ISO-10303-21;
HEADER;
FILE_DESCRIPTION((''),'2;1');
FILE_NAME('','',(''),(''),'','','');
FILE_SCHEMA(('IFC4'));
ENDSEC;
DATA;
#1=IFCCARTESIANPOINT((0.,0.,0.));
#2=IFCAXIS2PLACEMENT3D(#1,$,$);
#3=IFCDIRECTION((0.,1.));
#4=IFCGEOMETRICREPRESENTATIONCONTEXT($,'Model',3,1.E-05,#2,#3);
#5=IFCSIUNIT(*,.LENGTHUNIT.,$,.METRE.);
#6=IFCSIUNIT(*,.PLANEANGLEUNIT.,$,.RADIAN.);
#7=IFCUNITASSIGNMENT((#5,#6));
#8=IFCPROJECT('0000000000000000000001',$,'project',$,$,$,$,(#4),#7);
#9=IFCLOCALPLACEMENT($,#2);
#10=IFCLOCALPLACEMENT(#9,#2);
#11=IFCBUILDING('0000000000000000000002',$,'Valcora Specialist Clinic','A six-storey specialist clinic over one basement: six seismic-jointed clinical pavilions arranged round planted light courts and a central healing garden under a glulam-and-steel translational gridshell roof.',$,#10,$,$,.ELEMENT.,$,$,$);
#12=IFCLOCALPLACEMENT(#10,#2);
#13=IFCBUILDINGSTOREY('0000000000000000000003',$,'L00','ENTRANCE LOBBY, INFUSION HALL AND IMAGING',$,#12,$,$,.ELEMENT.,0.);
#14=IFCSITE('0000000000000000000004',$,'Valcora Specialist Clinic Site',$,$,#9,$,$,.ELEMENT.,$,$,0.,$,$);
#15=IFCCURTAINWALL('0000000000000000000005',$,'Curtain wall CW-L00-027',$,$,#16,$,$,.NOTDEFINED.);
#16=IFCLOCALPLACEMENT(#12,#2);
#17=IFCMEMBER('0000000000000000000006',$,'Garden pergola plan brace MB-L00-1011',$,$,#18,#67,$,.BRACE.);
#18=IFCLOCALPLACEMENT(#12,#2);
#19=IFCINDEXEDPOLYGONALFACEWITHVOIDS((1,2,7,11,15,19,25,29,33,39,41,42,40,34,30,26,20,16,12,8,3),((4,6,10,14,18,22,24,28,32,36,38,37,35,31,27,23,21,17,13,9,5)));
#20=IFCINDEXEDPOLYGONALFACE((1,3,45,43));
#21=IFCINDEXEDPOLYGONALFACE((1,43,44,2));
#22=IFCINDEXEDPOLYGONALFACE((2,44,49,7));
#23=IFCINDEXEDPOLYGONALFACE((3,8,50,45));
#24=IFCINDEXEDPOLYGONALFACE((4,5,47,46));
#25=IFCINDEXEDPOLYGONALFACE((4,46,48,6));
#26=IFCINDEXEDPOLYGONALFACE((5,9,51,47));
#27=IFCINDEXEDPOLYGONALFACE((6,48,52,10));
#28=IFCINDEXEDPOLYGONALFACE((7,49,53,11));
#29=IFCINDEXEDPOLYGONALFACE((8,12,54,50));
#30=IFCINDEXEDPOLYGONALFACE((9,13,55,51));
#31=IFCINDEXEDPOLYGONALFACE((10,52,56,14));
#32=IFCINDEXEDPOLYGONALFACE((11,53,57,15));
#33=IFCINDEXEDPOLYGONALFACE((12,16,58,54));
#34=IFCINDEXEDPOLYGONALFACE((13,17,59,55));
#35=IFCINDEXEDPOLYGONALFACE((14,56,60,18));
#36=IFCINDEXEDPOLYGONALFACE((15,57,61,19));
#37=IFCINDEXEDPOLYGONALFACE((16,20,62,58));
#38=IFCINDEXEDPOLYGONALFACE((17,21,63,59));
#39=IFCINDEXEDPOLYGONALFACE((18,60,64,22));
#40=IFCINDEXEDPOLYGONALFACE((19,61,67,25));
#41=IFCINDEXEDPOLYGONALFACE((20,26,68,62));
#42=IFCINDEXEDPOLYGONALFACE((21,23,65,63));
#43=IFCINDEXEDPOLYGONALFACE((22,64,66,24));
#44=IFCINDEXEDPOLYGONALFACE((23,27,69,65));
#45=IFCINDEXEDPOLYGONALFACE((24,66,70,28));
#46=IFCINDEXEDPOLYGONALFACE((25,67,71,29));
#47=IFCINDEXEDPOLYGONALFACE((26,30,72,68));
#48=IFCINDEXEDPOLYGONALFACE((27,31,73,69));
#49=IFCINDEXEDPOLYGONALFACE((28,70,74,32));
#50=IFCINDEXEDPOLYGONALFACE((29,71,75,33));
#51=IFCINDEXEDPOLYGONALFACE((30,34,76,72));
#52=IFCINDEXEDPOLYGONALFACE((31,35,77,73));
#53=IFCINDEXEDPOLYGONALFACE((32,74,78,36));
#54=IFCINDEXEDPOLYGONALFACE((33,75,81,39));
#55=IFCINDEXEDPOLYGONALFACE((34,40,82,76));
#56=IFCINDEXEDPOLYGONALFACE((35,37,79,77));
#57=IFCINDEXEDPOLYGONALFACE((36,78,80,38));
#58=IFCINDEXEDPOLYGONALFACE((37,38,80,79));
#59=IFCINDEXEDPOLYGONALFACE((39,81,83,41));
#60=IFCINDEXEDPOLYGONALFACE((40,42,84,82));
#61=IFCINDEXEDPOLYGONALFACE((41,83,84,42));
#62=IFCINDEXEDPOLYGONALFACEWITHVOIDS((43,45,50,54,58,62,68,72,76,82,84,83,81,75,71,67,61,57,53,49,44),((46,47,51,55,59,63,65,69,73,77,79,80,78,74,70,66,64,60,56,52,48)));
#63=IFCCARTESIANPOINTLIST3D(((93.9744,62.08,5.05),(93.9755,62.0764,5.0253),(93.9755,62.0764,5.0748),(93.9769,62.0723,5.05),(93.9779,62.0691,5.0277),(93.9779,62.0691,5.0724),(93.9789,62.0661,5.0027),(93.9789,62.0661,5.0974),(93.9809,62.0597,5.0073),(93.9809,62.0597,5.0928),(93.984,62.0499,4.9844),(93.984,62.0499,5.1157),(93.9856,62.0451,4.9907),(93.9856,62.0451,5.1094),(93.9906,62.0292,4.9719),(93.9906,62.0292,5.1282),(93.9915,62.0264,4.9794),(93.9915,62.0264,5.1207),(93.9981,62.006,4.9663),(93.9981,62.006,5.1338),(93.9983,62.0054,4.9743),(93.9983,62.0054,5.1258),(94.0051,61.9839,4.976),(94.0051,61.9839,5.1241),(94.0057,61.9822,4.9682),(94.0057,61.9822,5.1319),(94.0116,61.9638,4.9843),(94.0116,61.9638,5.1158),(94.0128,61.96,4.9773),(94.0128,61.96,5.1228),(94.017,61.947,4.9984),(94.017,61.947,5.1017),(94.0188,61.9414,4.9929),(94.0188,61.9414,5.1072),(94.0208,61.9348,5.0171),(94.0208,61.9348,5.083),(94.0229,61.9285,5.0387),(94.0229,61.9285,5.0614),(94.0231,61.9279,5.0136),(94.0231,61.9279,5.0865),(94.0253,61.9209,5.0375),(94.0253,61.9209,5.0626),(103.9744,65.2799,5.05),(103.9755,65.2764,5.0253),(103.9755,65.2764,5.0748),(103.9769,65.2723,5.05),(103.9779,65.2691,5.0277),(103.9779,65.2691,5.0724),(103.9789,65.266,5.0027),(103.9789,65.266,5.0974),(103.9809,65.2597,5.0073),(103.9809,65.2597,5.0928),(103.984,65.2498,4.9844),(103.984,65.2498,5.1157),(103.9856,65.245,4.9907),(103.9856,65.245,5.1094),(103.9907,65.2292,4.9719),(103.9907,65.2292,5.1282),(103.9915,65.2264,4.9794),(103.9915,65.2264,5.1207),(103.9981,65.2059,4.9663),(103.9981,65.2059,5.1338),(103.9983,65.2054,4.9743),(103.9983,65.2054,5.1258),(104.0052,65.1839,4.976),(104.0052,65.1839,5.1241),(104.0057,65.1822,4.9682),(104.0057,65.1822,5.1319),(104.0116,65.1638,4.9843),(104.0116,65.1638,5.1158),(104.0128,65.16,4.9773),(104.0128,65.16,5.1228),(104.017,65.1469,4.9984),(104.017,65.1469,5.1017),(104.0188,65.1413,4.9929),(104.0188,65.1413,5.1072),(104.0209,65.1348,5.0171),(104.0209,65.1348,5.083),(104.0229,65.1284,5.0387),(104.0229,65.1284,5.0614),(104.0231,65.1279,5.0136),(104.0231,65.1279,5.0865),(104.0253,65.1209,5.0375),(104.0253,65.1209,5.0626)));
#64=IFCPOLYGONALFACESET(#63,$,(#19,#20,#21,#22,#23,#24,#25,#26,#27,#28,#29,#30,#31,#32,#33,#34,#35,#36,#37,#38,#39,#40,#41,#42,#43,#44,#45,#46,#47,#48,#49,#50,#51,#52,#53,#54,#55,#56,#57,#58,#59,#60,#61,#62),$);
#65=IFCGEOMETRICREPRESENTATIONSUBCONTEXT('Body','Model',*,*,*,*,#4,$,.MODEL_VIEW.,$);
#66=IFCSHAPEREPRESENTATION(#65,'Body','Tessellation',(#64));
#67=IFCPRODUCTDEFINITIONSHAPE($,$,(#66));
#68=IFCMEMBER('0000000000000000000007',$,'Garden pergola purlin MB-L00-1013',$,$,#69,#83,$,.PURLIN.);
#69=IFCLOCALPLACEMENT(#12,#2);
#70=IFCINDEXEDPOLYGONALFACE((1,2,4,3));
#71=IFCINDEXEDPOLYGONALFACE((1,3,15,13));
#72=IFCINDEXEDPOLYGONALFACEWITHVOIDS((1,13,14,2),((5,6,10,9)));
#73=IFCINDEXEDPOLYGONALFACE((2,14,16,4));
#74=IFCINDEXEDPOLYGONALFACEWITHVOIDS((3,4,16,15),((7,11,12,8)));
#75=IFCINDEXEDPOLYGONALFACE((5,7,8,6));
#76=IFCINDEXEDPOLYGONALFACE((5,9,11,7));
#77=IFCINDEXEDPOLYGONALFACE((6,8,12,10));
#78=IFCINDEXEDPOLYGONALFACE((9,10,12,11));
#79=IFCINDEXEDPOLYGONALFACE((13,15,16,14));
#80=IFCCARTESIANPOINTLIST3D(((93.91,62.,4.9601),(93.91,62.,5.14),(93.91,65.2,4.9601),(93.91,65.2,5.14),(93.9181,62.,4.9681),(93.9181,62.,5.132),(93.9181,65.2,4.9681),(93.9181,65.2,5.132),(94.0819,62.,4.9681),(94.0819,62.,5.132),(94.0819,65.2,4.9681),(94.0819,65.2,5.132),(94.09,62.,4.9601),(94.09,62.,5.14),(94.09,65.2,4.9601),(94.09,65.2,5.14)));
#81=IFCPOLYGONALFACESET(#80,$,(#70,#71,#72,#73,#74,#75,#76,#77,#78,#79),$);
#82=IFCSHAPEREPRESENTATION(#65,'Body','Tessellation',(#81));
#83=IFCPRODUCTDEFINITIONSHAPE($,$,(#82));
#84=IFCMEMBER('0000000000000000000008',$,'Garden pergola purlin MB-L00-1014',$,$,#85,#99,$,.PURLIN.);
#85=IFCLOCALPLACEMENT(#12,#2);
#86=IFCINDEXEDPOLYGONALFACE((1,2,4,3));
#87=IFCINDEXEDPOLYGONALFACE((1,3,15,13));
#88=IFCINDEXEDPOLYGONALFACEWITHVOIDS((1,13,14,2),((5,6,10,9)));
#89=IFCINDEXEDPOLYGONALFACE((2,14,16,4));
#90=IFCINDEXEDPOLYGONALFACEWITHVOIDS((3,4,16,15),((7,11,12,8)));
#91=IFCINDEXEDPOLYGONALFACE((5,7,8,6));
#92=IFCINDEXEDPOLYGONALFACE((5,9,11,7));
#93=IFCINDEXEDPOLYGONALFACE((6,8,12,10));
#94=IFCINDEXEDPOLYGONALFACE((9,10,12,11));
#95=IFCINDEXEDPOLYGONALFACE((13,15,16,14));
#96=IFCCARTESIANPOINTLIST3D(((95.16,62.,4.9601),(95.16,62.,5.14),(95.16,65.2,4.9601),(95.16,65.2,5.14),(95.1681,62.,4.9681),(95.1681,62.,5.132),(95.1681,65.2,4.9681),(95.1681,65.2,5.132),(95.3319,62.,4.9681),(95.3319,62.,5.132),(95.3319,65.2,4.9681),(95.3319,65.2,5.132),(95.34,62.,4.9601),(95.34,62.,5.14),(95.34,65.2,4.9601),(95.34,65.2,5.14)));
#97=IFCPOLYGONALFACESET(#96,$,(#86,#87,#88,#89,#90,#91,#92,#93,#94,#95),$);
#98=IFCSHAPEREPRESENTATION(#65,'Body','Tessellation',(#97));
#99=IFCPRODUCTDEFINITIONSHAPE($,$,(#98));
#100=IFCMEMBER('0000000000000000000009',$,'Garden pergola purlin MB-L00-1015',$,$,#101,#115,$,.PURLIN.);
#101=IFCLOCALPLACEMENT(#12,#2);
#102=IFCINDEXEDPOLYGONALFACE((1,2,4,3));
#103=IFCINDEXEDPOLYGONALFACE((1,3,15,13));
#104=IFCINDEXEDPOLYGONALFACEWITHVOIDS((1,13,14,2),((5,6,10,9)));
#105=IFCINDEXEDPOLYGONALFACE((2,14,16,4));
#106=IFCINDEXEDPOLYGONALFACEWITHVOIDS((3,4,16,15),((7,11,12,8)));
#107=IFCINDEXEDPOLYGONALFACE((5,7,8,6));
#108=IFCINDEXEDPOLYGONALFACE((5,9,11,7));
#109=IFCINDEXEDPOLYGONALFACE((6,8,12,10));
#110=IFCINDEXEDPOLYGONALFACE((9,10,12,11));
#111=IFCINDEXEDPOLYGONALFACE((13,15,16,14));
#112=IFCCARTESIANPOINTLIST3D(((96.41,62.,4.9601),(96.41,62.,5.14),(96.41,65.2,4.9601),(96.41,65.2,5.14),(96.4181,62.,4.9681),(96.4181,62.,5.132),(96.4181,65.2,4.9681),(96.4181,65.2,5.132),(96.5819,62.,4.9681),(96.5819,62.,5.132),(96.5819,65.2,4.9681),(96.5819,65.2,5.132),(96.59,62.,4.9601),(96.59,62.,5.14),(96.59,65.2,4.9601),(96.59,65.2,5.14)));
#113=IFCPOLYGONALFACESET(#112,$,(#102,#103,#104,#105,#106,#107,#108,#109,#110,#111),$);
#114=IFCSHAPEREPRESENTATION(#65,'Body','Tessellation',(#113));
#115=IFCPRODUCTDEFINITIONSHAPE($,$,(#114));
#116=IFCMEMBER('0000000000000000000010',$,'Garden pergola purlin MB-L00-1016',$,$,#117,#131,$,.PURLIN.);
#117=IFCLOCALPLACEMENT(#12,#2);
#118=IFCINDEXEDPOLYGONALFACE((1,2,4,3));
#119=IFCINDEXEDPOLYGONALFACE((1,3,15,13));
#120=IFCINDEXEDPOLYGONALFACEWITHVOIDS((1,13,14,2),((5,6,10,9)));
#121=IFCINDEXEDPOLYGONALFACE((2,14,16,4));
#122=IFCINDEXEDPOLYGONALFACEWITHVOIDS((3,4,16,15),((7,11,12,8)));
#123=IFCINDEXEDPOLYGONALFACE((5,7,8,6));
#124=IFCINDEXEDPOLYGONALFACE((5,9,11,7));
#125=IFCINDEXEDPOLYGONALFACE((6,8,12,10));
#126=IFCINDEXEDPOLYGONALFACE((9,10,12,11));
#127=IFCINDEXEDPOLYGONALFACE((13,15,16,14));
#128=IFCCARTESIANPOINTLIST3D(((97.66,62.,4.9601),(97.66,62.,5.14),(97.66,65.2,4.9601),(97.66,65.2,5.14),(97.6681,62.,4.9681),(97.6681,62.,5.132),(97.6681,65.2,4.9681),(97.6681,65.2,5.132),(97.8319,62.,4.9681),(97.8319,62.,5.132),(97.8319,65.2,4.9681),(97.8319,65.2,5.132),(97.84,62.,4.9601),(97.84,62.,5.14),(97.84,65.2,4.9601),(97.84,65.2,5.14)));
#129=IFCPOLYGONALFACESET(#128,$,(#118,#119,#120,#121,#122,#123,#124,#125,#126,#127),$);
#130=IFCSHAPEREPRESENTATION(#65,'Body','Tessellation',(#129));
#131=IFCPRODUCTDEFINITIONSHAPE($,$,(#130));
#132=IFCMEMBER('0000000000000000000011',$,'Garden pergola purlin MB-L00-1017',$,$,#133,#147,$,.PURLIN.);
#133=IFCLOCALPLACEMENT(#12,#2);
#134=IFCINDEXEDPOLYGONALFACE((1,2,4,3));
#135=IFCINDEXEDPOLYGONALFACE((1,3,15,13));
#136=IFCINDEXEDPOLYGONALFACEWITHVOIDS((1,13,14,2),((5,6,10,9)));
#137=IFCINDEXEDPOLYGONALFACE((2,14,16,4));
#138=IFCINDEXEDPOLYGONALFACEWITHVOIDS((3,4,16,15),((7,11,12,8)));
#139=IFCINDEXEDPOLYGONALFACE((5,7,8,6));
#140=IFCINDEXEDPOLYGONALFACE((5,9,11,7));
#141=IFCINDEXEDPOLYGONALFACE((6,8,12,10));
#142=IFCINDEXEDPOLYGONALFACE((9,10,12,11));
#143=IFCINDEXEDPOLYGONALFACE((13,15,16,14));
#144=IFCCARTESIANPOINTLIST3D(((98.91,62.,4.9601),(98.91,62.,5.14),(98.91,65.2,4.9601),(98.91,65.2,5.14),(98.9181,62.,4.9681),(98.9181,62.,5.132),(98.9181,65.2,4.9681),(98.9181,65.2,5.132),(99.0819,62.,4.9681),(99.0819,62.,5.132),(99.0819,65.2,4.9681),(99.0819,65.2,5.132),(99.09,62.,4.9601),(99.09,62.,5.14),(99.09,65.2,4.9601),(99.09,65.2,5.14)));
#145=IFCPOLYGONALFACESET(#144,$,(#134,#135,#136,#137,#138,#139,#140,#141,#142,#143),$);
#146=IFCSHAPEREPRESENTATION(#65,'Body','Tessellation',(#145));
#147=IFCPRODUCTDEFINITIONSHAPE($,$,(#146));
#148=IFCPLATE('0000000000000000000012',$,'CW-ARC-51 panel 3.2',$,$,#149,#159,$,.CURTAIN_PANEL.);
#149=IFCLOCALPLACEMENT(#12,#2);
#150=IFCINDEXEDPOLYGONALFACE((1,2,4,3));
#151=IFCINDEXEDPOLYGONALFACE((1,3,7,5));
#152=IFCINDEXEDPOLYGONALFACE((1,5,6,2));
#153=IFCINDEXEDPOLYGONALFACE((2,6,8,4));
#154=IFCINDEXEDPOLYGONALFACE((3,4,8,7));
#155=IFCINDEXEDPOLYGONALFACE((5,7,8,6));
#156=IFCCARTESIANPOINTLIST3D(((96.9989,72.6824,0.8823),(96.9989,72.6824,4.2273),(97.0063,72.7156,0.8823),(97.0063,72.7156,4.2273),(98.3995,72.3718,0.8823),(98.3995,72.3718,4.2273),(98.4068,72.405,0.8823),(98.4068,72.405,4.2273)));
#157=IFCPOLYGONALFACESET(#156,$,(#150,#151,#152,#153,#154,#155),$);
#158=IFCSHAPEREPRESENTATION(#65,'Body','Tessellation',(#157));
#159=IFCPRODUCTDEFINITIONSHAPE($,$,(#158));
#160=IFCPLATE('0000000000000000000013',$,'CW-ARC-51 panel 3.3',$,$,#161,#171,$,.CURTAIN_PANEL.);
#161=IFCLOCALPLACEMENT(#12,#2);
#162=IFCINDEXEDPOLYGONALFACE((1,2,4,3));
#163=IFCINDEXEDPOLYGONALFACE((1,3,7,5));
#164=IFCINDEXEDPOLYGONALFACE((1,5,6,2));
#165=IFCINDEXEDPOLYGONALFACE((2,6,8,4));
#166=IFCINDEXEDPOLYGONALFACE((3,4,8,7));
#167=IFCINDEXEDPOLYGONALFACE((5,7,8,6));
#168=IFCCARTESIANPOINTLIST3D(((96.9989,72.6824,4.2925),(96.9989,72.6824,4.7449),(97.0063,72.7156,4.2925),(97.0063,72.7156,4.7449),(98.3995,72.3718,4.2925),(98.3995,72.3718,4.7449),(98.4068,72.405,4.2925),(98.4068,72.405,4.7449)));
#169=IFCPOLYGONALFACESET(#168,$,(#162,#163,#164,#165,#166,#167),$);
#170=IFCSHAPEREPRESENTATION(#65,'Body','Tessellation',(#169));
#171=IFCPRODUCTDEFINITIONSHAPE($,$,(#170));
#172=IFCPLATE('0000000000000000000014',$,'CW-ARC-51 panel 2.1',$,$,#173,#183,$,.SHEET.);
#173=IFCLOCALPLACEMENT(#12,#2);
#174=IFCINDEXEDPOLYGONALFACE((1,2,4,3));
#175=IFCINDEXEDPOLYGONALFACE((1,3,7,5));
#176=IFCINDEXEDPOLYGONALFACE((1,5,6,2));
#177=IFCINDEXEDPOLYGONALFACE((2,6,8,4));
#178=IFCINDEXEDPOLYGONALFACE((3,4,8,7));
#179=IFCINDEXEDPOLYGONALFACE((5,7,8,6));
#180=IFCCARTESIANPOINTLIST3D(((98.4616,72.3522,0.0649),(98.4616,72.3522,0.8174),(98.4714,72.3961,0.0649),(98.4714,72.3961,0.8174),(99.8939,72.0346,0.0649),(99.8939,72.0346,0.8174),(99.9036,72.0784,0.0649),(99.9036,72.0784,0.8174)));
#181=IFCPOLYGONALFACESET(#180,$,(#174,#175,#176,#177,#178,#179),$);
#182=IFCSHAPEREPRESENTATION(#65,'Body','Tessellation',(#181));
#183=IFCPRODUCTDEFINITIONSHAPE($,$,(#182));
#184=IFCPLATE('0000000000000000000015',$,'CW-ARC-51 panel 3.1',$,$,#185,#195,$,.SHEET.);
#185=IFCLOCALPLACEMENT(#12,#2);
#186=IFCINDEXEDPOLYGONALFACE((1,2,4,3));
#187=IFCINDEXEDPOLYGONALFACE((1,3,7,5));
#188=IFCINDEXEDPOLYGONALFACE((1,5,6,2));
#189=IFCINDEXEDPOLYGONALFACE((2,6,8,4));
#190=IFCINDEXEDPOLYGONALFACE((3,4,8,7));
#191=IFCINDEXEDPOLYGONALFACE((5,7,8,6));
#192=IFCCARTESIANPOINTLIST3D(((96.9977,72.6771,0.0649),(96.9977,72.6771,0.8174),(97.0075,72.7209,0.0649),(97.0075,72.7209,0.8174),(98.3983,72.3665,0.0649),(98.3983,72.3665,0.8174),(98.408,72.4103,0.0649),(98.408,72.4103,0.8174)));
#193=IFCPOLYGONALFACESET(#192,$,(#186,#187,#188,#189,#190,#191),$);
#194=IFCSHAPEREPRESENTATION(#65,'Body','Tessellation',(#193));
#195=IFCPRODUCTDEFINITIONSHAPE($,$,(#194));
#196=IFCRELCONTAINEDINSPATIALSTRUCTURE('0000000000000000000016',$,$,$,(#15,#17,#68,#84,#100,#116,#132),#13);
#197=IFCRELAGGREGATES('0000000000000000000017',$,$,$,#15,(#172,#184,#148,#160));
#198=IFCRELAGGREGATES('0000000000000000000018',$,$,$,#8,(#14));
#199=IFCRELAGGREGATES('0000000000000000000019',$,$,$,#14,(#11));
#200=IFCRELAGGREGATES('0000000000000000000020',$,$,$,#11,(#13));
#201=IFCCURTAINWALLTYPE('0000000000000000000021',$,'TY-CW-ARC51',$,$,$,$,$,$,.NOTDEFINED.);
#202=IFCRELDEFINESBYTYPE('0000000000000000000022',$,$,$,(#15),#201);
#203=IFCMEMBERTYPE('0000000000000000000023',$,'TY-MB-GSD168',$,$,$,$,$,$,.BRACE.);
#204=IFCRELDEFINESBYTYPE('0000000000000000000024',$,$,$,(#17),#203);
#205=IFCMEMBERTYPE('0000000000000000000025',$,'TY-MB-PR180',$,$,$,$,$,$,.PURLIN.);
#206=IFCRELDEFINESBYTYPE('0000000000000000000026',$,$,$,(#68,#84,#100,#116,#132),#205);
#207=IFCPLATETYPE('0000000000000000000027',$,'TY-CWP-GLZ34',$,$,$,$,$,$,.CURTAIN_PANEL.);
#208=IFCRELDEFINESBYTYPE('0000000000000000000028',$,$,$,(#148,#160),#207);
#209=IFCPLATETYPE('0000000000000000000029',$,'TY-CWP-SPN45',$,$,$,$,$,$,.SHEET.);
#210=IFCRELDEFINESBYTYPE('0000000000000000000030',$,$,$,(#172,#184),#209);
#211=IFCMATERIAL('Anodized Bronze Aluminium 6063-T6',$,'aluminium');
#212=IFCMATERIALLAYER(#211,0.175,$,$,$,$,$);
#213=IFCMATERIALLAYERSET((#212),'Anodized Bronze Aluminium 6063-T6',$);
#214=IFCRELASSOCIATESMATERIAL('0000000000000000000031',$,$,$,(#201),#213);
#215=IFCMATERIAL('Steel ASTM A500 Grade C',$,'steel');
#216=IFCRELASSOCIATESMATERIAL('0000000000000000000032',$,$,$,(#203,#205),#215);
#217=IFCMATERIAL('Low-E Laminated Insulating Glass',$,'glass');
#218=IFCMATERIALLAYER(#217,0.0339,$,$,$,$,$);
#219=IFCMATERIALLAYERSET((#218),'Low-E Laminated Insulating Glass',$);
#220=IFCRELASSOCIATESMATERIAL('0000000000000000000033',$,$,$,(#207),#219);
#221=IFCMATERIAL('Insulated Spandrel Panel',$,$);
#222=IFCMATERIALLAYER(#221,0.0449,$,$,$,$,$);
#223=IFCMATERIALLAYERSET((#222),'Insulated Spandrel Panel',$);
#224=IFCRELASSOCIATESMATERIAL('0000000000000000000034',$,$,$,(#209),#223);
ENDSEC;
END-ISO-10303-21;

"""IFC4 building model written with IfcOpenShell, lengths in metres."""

from ifc_helpers import new_model, si_unit, direction, frame, origin, origin_2d, place, context, subcontext, project, spatial, rectangle, hollow_rectangle, hollow_circle, extrude, material, layer, layer_set, material_profile, profile_set, type_object, element, aggregate, save


model = new_model("IFC4")

# Units and contexts
model_context = context("Model", 3, precision=1e-05, world=origin(), true_north=direction((0.0, 1.0)))
body_context = subcontext(model_context, "Body", "Model", "MODEL_VIEW")
ifc_project = project(units=[si_unit("LENGTHUNIT", "METRE"), si_unit("PLANEANGLEUNIT", "RADIAN")], contexts=[model_context])

# Site, building, storey
site_placement = place(None, origin())
site = spatial("IfcSite", under=ifc_project, at=site_placement, Name="Valcora Specialist Clinic Site", CompositionType="ELEMENT", RefElevation=0.0)
building_placement = place(site_placement, origin())
building = spatial("IfcBuilding", under=site, at=building_placement, Name="Valcora Specialist Clinic", Description="A six-storey specialist clinic over one basement: six seismic-jointed clinical pavilions arranged round planted light courts and a central healing garden under a glulam-and-steel translational gridshell roof.", CompositionType="ELEMENT")
storey_placement = place(building_placement, origin())
storey = spatial("IfcBuildingStorey", under=building, at=storey_placement, Name="L00", Description="ENTRANCE LOBBY, INFUSION HALL AND IMAGING", CompositionType="ELEMENT", Elevation=0.0)

# Curtain wall
ifc_material_1 = material(Name="Anodized Bronze Aluminium 6063-T6", Category="aluminium")
ifc_layer_1 = layer(ifc_material_1, 0.175)
ifc_layer_set_1 = layer_set([ifc_layer_1], Name="Anodized Bronze Aluminium 6063-T6")
curtain_wall_type = type_object("IfcCurtainWallType", Name="TY-CW-ARC51", PredefinedType="NOTDEFINED", material=ifc_layer_set_1)
curtain_wall_placement = place(storey_placement, origin())
curtain_wall = element("IfcCurtainWall", 1, at=curtain_wall_placement, inside=storey, type_object=curtain_wall_type, Name="Curtain wall CW-L00-027", PredefinedType="NOTDEFINED")

# Members
ifc_material_2 = material(Name="Steel ASTM A500 Grade C", Category="steel")
ifc_material_profile_1 = material_profile(ifc_material_2, hollow_circle(Radius=0.084, WallThickness=0.0081, at=origin_2d()), Name="ST-CHS-168X8")
ifc_profile_set_1 = profile_set([ifc_material_profile_1], Name="Steel ASTM A500 Grade C")
member_type_1 = type_object("IfcMemberType", Name="TY-MB-GSD168", PredefinedType="BRACE", material=ifc_profile_set_1)
member_1_placement = place(storey_placement, frame((94.0, 62.0, 5.05), z_axis=(0.952425, 0.304772, 0.0), x_axis=(-0.304772, 0.952425, 0.0)))
element("IfcMember", 2, at=member_1_placement, inside=storey, type_object=member_type_1, Name="Garden pergola plan brace MB-L00-1011", PredefinedType="BRACE", context=body_context, shape_type="SweptSolid", body=[
    extrude(hollow_circle(Radius=0.084, WallThickness=0.0081, at=origin_2d()), origin(), (0.0, 0.0, 1.0), 10.4995),
])
ifc_material_profile_2 = material_profile(ifc_material_2, hollow_rectangle(XDim=0.1799, YDim=0.1799, WallThickness=0.0081, at=origin_2d()), Name="ST-RHS-180X180X8")
ifc_profile_set_2 = profile_set([ifc_material_profile_2], Name="Steel ASTM A500 Grade C")
member_type_2 = type_object("IfcMemberType", Name="TY-MB-PR180", PredefinedType="PURLIN", material=ifc_profile_set_2)
for number, where, z_axis, x_axis, name in (
    (3, (94.0, 62.0, 5.05), (0.0, 1.0, 0.0), (-1.0, 0.0, 0.0), "Garden pergola purlin MB-L00-1013"),
    (4, (95.25, 62.0, 5.05), (0.0, 1.0, 0.0), (-1.0, 0.0, 0.0), "Garden pergola purlin MB-L00-1014"),
    (5, (96.5, 62.0, 5.05), (0.0, 1.0, 0.0), (-1.0, 0.0, 0.0), "Garden pergola purlin MB-L00-1015"),
    (6, (97.75, 62.0, 5.05), (0.0, 1.0, 0.0), (-1.0, 0.0, 0.0), "Garden pergola purlin MB-L00-1016"),
    (7, (99.0, 62.0, 5.05), (0.0, 1.0, 0.0), (-1.0, 0.0, 0.0), "Garden pergola purlin MB-L00-1017"),
):
    element("IfcMember", number, at=place(storey_placement, frame(where, z_axis=z_axis, x_axis=x_axis)), inside=storey, type_object=member_type_2, Name=name, PredefinedType="PURLIN", context=body_context, shape_type="SweptSolid", body=[
        extrude(hollow_rectangle(XDim=0.1799, YDim=0.1799, WallThickness=0.0081, at=origin_2d()), origin(), (0.0, 0.0, 1.0), 3.2),
    ])

# Plates
ifc_material_3 = material(Name="Low-E Laminated Insulating Glass", Category="glass")
ifc_layer_2 = layer(ifc_material_3, 0.0339)
ifc_layer_set_2 = layer_set([ifc_layer_2], Name="Low-E Laminated Insulating Glass")
plate_type_1 = type_object("IfcPlateType", Name="TY-CWP-GLZ34", PredefinedType="CURTAIN_PANEL", material=ifc_layer_set_2)
plate_1_placement = place(storey_placement, frame((97.7029, 72.5437, 0.8823), z_axis=(0.0, 0.0, 1.0), x_axis=(-0.976279, 0.216518, 0.0)))
plate_1 = element("IfcPlate", 8, at=plate_1_placement, type_object=plate_type_1, Name="CW-ARC-51 panel 3.2", PredefinedType="CURTAIN_PANEL", context=body_context, shape_type="SweptSolid", body=[
    extrude(rectangle(XDim=1.4346, YDim=0.0339, at=origin_2d()), origin(), (0.0, 0.0, 1.0), 3.345),
])
plate_2_placement = place(storey_placement, frame((97.7029, 72.5437, 4.2925), z_axis=(0.0, 0.0, 1.0), x_axis=(-0.976279, 0.216518, 0.0)))
plate_2 = element("IfcPlate", 9, at=plate_2_placement, type_object=plate_type_1, Name="CW-ARC-51 panel 3.3", PredefinedType="CURTAIN_PANEL", context=body_context, shape_type="SweptSolid", body=[
    extrude(rectangle(XDim=1.4346, YDim=0.0339, at=origin_2d()), origin(), (0.0, 0.0, 1.0), 0.4524),
])
ifc_material_4 = material(Name="Insulated Spandrel Panel")
ifc_layer_3 = layer(ifc_material_4, 0.0449)
ifc_layer_set_3 = layer_set([ifc_layer_3], Name="Insulated Spandrel Panel")
plate_type_2 = type_object("IfcPlateType", Name="TY-CWP-SPN45", PredefinedType="SHEET", material=ifc_layer_set_3)
plate_3_placement = place(storey_placement, frame((99.1826, 72.2153, 0.0649), z_axis=(0.0, 0.0, 1.0), x_axis=(-0.976279, 0.216518, 0.0)))
plate_3 = element("IfcPlate", 10, at=plate_3_placement, type_object=plate_type_2, Name="CW-ARC-51 panel 2.1", PredefinedType="SHEET", context=body_context, shape_type="SweptSolid", body=[
    extrude(rectangle(XDim=1.467, YDim=0.0449, at=origin_2d()), origin(), (0.0, 0.0, 1.0), 0.7524),
])
plate_4_placement = place(storey_placement, frame((97.7029, 72.5437, 0.0649), z_axis=(0.0, 0.0, 1.0), x_axis=(-0.976279, 0.216518, 0.0)))
plate_4 = element("IfcPlate", 11, at=plate_4_placement, type_object=plate_type_2, Name="CW-ARC-51 panel 3.1", PredefinedType="SHEET", context=body_context, shape_type="SweptSolid", body=[
    extrude(rectangle(XDim=1.4346, YDim=0.0449, at=origin_2d()), origin(), (0.0, 0.0, 1.0), 0.7524),
])
aggregate(curtain_wall, [plate_3, plate_4, plate_1, plate_2])

save(model, "model.ifc")
